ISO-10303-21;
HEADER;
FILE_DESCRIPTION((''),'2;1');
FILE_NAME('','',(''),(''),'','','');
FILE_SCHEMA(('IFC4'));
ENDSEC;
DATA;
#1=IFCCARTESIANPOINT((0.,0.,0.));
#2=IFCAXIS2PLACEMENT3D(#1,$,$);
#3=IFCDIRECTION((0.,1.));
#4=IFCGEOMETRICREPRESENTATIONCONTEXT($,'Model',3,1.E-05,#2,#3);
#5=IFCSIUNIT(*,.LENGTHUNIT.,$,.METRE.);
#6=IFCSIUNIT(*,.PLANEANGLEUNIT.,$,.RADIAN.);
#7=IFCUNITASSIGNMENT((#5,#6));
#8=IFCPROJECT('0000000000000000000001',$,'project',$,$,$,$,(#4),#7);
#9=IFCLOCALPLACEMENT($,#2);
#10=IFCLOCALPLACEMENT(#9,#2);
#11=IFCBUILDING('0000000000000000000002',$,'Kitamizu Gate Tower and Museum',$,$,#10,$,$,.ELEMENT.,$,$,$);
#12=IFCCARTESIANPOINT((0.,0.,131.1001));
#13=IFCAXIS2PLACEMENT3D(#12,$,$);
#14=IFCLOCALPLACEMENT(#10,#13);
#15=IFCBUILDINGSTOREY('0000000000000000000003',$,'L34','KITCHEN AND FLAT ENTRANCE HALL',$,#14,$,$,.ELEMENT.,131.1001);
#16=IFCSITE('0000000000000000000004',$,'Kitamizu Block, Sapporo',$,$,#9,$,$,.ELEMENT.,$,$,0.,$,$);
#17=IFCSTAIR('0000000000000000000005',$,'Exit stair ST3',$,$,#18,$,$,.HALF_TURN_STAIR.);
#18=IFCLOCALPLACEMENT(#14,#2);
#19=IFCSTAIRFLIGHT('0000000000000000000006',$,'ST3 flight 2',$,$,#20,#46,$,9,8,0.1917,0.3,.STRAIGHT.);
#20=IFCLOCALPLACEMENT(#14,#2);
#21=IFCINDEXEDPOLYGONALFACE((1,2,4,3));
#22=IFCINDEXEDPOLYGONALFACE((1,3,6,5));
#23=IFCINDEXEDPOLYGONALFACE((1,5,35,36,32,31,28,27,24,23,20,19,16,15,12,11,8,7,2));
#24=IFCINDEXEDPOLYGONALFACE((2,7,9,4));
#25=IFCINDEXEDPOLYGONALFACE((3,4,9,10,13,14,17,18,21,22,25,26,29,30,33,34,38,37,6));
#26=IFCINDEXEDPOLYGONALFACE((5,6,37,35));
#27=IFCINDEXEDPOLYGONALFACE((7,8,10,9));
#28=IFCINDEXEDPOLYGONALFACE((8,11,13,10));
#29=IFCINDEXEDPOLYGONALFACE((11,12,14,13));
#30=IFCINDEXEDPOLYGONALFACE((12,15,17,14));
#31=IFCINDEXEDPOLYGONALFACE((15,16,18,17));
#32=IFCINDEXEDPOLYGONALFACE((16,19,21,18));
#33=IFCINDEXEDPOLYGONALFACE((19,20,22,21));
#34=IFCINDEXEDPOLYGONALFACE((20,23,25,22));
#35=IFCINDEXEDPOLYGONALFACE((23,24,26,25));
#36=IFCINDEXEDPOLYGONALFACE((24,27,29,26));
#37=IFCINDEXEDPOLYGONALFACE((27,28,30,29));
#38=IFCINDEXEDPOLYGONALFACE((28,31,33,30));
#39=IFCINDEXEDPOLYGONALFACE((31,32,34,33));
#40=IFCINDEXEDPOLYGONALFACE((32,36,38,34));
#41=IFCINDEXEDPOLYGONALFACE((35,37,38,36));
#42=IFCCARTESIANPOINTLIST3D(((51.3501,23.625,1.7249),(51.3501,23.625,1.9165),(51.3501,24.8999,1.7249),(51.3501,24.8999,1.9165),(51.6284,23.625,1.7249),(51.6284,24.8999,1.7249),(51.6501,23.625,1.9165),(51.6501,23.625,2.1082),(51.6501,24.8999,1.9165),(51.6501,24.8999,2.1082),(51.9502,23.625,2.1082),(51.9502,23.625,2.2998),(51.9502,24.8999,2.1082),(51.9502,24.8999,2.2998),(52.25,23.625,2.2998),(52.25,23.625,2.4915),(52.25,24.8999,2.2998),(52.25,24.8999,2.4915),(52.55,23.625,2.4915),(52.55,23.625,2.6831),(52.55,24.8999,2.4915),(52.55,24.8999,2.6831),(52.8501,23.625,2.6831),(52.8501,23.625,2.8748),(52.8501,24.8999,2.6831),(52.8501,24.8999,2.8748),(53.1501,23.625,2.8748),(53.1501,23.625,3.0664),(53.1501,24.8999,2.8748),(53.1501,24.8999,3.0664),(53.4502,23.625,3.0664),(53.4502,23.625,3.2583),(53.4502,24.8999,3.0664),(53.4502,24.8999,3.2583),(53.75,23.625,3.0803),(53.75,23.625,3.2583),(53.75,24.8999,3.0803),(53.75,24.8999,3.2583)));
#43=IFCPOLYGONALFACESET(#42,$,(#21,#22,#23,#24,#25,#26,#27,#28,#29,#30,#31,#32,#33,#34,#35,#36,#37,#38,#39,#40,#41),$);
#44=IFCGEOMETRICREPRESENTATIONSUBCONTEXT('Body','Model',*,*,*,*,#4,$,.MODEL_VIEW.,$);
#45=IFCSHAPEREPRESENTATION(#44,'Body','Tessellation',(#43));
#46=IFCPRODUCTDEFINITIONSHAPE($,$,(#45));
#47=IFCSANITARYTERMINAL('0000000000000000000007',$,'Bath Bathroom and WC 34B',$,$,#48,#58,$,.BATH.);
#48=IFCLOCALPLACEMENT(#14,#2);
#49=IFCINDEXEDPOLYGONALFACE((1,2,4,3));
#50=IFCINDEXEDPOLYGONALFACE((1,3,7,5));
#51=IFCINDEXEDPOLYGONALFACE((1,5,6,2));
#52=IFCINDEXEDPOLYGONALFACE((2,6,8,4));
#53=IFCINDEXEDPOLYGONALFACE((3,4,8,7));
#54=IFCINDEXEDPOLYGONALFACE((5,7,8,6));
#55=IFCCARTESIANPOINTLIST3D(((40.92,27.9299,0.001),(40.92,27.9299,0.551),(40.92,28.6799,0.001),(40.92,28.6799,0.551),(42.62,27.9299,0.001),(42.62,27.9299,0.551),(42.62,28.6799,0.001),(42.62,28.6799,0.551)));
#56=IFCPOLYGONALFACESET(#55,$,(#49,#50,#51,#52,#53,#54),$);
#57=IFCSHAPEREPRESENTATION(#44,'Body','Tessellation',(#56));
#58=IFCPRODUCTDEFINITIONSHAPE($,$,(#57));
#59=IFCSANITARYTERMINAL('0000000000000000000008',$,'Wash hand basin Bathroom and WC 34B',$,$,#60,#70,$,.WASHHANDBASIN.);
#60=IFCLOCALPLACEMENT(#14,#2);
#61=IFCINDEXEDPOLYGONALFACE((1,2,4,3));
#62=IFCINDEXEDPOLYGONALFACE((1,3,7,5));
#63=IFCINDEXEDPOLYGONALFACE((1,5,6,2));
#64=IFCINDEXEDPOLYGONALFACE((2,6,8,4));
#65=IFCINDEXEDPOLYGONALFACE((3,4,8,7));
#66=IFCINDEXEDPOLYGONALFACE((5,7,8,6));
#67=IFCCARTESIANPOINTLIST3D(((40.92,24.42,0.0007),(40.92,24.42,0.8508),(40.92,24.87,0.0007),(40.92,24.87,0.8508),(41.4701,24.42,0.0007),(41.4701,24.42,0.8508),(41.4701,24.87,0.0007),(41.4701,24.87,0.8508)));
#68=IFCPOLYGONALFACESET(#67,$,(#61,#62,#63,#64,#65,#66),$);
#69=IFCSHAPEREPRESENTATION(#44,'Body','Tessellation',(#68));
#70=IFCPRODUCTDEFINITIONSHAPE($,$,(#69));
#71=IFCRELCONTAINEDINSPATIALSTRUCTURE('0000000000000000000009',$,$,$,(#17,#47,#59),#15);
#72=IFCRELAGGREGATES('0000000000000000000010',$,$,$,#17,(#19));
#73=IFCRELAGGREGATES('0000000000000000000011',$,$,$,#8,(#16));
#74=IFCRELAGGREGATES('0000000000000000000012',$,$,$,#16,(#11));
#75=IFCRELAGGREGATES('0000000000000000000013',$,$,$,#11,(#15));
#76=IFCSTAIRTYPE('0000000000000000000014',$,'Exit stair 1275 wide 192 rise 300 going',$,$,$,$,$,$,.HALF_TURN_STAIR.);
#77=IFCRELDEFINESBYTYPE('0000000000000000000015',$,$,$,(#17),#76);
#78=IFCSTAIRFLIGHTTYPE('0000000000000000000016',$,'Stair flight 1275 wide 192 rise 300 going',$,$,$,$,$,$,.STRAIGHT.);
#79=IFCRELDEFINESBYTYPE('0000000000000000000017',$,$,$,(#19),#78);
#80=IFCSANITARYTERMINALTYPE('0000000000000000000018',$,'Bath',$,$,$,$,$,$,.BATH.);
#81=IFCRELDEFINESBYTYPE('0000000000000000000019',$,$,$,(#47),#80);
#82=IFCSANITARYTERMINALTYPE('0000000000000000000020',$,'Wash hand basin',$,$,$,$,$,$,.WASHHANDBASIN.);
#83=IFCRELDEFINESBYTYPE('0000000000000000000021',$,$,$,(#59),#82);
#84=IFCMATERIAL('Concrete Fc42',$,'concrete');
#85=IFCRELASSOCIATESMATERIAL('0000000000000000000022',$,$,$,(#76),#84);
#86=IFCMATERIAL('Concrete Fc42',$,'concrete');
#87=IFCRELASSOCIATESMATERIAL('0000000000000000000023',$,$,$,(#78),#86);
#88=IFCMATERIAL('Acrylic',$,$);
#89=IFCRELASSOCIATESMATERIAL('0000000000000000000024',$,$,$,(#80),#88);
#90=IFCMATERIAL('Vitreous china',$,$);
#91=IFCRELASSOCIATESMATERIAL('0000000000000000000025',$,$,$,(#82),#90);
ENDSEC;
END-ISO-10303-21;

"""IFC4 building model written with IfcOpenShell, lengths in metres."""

from ifc_helpers import new_model, si_unit, direction, frame, origin, origin_2d, place, context, subcontext, project, spatial, polyline, rectangle, outline, extrude, material, type_object, element, aggregate, save


model = new_model("IFC4")

# Units and contexts
model_context = context("Model", 3, precision=1e-05, world=origin(), true_north=direction((0.0, 1.0)))
body_context = subcontext(model_context, "Body", "Model", "MODEL_VIEW")
ifc_project = project(units=[si_unit("LENGTHUNIT", "METRE"), si_unit("PLANEANGLEUNIT", "RADIAN")], contexts=[model_context])

# Site, building, storey
site_placement = place(None, origin())
site = spatial("IfcSite", under=ifc_project, at=site_placement, Name="Kitamizu Block, Sapporo", CompositionType="ELEMENT", RefElevation=0.0)
building_placement = place(site_placement, origin())
building = spatial("IfcBuilding", under=site, at=building_placement, Name="Kitamizu Gate Tower and Museum", CompositionType="ELEMENT")
storey_placement = place(building_placement, frame((0.0, 0.0, 131.1001)))
storey = spatial("IfcBuildingStorey", under=building, at=storey_placement, Name="L34", Description="KITCHEN AND FLAT ENTRANCE HALL", CompositionType="ELEMENT", Elevation=131.1001)

# Stair, stair flight
ifc_material_1 = material(Name="Concrete Fc42", Category="concrete")
stair_type = type_object("IfcStairType", Name="Exit stair 1275 wide 192 rise 300 going", PredefinedType="HALF_TURN_STAIR", material=ifc_material_1)
stair_placement = place(storey_placement, origin())
stair = element("IfcStair", 1, at=stair_placement, inside=storey, type_object=stair_type, Name="Exit stair ST3", PredefinedType="HALF_TURN_STAIR")
ifc_material_2 = material(Name="Concrete Fc42", Category="concrete")
stair_flight_type = type_object("IfcStairFlightType", Name="Stair flight 1275 wide 192 rise 300 going", PredefinedType="STRAIGHT", material=ifc_material_2)
stair_flight_placement = place(storey_placement, frame((51.3501, 24.2625, 1.7249), z_axis=(0.0, 0.0, 1.0), x_axis=(1.0, 0.0, 0.0)))
stair_flight = element("IfcStairFlight", 2, at=stair_flight_placement, type_object=stair_flight_type, Name="ST3 flight 2", NumberOfRisers=9, NumberOfTreads=8, PredefinedType="STRAIGHT", RiserHeight=0.1917, TreadLength=0.3, context=body_context, shape_type="SweptSolid", body=[
    extrude(outline(polyline([(0.0, 0.0), (0.0, 0.1917), (0.3, 0.1917), (0.3, 0.3833), (0.6001, 0.3833), (0.6001, 0.575), (0.8999, 0.575), (0.8999, 0.7666), (1.2, 0.7666), (1.2, 0.9583), (1.5, 0.9583), (1.5, 1.1499), (1.8, 1.1499), (1.8, 1.3416), (2.1001, 1.3416), (2.1001, 1.5334), (2.3999, 1.5334), (2.3999, 1.7251), (2.3999, 1.3555), (0.2783, 0.0), (0.0, 0.0)])), frame((0.0, 0.6375, 0.0), z_axis=(0.0, -1.0, 0.0), x_axis=(1.0, 0.0, 0.0)), (0.0, 0.0, 1.0), 1.2749),
])
aggregate(stair, [stair_flight])

# Sanitary terminals
ifc_material_3 = material(Name="Acrylic")
sanitary_terminal_type_1 = type_object("IfcSanitaryTerminalType", Name="Bath", PredefinedType="BATH", material=ifc_material_3)
sanitary_terminal_1_placement = place(storey_placement, frame((41.77, 28.3049, 0.001), z_axis=(0.0, 0.0, 1.0), x_axis=(1.0, 0.0, 0.0)))
element("IfcSanitaryTerminal", 3, at=sanitary_terminal_1_placement, inside=storey, type_object=sanitary_terminal_type_1, Name="Bath Bathroom and WC 34B", PredefinedType="BATH", context=body_context, shape_type="SweptSolid", body=[
    extrude(rectangle(XDim=1.7, YDim=0.75, at=origin_2d()), origin(), (0.0, 0.0, 1.0), 0.55),
])
ifc_material_4 = material(Name="Vitreous china")
sanitary_terminal_type_2 = type_object("IfcSanitaryTerminalType", Name="Wash hand basin", PredefinedType="WASHHANDBASIN", material=ifc_material_4)
sanitary_terminal_2_placement = place(storey_placement, frame((41.1951, 24.645, 0.0007), z_axis=(0.0, 0.0, 1.0), x_axis=(1.0, 0.0, 0.0)))
element("IfcSanitaryTerminal", 4, at=sanitary_terminal_2_placement, inside=storey, type_object=sanitary_terminal_type_2, Name="Wash hand basin Bathroom and WC 34B", PredefinedType="WASHHANDBASIN", context=body_context, shape_type="SweptSolid", body=[
    extrude(rectangle(XDim=0.55, YDim=0.45, at=origin_2d()), origin(), (0.0, 0.0, 1.0), 0.8501),
])

save(model, "model.ifc")
